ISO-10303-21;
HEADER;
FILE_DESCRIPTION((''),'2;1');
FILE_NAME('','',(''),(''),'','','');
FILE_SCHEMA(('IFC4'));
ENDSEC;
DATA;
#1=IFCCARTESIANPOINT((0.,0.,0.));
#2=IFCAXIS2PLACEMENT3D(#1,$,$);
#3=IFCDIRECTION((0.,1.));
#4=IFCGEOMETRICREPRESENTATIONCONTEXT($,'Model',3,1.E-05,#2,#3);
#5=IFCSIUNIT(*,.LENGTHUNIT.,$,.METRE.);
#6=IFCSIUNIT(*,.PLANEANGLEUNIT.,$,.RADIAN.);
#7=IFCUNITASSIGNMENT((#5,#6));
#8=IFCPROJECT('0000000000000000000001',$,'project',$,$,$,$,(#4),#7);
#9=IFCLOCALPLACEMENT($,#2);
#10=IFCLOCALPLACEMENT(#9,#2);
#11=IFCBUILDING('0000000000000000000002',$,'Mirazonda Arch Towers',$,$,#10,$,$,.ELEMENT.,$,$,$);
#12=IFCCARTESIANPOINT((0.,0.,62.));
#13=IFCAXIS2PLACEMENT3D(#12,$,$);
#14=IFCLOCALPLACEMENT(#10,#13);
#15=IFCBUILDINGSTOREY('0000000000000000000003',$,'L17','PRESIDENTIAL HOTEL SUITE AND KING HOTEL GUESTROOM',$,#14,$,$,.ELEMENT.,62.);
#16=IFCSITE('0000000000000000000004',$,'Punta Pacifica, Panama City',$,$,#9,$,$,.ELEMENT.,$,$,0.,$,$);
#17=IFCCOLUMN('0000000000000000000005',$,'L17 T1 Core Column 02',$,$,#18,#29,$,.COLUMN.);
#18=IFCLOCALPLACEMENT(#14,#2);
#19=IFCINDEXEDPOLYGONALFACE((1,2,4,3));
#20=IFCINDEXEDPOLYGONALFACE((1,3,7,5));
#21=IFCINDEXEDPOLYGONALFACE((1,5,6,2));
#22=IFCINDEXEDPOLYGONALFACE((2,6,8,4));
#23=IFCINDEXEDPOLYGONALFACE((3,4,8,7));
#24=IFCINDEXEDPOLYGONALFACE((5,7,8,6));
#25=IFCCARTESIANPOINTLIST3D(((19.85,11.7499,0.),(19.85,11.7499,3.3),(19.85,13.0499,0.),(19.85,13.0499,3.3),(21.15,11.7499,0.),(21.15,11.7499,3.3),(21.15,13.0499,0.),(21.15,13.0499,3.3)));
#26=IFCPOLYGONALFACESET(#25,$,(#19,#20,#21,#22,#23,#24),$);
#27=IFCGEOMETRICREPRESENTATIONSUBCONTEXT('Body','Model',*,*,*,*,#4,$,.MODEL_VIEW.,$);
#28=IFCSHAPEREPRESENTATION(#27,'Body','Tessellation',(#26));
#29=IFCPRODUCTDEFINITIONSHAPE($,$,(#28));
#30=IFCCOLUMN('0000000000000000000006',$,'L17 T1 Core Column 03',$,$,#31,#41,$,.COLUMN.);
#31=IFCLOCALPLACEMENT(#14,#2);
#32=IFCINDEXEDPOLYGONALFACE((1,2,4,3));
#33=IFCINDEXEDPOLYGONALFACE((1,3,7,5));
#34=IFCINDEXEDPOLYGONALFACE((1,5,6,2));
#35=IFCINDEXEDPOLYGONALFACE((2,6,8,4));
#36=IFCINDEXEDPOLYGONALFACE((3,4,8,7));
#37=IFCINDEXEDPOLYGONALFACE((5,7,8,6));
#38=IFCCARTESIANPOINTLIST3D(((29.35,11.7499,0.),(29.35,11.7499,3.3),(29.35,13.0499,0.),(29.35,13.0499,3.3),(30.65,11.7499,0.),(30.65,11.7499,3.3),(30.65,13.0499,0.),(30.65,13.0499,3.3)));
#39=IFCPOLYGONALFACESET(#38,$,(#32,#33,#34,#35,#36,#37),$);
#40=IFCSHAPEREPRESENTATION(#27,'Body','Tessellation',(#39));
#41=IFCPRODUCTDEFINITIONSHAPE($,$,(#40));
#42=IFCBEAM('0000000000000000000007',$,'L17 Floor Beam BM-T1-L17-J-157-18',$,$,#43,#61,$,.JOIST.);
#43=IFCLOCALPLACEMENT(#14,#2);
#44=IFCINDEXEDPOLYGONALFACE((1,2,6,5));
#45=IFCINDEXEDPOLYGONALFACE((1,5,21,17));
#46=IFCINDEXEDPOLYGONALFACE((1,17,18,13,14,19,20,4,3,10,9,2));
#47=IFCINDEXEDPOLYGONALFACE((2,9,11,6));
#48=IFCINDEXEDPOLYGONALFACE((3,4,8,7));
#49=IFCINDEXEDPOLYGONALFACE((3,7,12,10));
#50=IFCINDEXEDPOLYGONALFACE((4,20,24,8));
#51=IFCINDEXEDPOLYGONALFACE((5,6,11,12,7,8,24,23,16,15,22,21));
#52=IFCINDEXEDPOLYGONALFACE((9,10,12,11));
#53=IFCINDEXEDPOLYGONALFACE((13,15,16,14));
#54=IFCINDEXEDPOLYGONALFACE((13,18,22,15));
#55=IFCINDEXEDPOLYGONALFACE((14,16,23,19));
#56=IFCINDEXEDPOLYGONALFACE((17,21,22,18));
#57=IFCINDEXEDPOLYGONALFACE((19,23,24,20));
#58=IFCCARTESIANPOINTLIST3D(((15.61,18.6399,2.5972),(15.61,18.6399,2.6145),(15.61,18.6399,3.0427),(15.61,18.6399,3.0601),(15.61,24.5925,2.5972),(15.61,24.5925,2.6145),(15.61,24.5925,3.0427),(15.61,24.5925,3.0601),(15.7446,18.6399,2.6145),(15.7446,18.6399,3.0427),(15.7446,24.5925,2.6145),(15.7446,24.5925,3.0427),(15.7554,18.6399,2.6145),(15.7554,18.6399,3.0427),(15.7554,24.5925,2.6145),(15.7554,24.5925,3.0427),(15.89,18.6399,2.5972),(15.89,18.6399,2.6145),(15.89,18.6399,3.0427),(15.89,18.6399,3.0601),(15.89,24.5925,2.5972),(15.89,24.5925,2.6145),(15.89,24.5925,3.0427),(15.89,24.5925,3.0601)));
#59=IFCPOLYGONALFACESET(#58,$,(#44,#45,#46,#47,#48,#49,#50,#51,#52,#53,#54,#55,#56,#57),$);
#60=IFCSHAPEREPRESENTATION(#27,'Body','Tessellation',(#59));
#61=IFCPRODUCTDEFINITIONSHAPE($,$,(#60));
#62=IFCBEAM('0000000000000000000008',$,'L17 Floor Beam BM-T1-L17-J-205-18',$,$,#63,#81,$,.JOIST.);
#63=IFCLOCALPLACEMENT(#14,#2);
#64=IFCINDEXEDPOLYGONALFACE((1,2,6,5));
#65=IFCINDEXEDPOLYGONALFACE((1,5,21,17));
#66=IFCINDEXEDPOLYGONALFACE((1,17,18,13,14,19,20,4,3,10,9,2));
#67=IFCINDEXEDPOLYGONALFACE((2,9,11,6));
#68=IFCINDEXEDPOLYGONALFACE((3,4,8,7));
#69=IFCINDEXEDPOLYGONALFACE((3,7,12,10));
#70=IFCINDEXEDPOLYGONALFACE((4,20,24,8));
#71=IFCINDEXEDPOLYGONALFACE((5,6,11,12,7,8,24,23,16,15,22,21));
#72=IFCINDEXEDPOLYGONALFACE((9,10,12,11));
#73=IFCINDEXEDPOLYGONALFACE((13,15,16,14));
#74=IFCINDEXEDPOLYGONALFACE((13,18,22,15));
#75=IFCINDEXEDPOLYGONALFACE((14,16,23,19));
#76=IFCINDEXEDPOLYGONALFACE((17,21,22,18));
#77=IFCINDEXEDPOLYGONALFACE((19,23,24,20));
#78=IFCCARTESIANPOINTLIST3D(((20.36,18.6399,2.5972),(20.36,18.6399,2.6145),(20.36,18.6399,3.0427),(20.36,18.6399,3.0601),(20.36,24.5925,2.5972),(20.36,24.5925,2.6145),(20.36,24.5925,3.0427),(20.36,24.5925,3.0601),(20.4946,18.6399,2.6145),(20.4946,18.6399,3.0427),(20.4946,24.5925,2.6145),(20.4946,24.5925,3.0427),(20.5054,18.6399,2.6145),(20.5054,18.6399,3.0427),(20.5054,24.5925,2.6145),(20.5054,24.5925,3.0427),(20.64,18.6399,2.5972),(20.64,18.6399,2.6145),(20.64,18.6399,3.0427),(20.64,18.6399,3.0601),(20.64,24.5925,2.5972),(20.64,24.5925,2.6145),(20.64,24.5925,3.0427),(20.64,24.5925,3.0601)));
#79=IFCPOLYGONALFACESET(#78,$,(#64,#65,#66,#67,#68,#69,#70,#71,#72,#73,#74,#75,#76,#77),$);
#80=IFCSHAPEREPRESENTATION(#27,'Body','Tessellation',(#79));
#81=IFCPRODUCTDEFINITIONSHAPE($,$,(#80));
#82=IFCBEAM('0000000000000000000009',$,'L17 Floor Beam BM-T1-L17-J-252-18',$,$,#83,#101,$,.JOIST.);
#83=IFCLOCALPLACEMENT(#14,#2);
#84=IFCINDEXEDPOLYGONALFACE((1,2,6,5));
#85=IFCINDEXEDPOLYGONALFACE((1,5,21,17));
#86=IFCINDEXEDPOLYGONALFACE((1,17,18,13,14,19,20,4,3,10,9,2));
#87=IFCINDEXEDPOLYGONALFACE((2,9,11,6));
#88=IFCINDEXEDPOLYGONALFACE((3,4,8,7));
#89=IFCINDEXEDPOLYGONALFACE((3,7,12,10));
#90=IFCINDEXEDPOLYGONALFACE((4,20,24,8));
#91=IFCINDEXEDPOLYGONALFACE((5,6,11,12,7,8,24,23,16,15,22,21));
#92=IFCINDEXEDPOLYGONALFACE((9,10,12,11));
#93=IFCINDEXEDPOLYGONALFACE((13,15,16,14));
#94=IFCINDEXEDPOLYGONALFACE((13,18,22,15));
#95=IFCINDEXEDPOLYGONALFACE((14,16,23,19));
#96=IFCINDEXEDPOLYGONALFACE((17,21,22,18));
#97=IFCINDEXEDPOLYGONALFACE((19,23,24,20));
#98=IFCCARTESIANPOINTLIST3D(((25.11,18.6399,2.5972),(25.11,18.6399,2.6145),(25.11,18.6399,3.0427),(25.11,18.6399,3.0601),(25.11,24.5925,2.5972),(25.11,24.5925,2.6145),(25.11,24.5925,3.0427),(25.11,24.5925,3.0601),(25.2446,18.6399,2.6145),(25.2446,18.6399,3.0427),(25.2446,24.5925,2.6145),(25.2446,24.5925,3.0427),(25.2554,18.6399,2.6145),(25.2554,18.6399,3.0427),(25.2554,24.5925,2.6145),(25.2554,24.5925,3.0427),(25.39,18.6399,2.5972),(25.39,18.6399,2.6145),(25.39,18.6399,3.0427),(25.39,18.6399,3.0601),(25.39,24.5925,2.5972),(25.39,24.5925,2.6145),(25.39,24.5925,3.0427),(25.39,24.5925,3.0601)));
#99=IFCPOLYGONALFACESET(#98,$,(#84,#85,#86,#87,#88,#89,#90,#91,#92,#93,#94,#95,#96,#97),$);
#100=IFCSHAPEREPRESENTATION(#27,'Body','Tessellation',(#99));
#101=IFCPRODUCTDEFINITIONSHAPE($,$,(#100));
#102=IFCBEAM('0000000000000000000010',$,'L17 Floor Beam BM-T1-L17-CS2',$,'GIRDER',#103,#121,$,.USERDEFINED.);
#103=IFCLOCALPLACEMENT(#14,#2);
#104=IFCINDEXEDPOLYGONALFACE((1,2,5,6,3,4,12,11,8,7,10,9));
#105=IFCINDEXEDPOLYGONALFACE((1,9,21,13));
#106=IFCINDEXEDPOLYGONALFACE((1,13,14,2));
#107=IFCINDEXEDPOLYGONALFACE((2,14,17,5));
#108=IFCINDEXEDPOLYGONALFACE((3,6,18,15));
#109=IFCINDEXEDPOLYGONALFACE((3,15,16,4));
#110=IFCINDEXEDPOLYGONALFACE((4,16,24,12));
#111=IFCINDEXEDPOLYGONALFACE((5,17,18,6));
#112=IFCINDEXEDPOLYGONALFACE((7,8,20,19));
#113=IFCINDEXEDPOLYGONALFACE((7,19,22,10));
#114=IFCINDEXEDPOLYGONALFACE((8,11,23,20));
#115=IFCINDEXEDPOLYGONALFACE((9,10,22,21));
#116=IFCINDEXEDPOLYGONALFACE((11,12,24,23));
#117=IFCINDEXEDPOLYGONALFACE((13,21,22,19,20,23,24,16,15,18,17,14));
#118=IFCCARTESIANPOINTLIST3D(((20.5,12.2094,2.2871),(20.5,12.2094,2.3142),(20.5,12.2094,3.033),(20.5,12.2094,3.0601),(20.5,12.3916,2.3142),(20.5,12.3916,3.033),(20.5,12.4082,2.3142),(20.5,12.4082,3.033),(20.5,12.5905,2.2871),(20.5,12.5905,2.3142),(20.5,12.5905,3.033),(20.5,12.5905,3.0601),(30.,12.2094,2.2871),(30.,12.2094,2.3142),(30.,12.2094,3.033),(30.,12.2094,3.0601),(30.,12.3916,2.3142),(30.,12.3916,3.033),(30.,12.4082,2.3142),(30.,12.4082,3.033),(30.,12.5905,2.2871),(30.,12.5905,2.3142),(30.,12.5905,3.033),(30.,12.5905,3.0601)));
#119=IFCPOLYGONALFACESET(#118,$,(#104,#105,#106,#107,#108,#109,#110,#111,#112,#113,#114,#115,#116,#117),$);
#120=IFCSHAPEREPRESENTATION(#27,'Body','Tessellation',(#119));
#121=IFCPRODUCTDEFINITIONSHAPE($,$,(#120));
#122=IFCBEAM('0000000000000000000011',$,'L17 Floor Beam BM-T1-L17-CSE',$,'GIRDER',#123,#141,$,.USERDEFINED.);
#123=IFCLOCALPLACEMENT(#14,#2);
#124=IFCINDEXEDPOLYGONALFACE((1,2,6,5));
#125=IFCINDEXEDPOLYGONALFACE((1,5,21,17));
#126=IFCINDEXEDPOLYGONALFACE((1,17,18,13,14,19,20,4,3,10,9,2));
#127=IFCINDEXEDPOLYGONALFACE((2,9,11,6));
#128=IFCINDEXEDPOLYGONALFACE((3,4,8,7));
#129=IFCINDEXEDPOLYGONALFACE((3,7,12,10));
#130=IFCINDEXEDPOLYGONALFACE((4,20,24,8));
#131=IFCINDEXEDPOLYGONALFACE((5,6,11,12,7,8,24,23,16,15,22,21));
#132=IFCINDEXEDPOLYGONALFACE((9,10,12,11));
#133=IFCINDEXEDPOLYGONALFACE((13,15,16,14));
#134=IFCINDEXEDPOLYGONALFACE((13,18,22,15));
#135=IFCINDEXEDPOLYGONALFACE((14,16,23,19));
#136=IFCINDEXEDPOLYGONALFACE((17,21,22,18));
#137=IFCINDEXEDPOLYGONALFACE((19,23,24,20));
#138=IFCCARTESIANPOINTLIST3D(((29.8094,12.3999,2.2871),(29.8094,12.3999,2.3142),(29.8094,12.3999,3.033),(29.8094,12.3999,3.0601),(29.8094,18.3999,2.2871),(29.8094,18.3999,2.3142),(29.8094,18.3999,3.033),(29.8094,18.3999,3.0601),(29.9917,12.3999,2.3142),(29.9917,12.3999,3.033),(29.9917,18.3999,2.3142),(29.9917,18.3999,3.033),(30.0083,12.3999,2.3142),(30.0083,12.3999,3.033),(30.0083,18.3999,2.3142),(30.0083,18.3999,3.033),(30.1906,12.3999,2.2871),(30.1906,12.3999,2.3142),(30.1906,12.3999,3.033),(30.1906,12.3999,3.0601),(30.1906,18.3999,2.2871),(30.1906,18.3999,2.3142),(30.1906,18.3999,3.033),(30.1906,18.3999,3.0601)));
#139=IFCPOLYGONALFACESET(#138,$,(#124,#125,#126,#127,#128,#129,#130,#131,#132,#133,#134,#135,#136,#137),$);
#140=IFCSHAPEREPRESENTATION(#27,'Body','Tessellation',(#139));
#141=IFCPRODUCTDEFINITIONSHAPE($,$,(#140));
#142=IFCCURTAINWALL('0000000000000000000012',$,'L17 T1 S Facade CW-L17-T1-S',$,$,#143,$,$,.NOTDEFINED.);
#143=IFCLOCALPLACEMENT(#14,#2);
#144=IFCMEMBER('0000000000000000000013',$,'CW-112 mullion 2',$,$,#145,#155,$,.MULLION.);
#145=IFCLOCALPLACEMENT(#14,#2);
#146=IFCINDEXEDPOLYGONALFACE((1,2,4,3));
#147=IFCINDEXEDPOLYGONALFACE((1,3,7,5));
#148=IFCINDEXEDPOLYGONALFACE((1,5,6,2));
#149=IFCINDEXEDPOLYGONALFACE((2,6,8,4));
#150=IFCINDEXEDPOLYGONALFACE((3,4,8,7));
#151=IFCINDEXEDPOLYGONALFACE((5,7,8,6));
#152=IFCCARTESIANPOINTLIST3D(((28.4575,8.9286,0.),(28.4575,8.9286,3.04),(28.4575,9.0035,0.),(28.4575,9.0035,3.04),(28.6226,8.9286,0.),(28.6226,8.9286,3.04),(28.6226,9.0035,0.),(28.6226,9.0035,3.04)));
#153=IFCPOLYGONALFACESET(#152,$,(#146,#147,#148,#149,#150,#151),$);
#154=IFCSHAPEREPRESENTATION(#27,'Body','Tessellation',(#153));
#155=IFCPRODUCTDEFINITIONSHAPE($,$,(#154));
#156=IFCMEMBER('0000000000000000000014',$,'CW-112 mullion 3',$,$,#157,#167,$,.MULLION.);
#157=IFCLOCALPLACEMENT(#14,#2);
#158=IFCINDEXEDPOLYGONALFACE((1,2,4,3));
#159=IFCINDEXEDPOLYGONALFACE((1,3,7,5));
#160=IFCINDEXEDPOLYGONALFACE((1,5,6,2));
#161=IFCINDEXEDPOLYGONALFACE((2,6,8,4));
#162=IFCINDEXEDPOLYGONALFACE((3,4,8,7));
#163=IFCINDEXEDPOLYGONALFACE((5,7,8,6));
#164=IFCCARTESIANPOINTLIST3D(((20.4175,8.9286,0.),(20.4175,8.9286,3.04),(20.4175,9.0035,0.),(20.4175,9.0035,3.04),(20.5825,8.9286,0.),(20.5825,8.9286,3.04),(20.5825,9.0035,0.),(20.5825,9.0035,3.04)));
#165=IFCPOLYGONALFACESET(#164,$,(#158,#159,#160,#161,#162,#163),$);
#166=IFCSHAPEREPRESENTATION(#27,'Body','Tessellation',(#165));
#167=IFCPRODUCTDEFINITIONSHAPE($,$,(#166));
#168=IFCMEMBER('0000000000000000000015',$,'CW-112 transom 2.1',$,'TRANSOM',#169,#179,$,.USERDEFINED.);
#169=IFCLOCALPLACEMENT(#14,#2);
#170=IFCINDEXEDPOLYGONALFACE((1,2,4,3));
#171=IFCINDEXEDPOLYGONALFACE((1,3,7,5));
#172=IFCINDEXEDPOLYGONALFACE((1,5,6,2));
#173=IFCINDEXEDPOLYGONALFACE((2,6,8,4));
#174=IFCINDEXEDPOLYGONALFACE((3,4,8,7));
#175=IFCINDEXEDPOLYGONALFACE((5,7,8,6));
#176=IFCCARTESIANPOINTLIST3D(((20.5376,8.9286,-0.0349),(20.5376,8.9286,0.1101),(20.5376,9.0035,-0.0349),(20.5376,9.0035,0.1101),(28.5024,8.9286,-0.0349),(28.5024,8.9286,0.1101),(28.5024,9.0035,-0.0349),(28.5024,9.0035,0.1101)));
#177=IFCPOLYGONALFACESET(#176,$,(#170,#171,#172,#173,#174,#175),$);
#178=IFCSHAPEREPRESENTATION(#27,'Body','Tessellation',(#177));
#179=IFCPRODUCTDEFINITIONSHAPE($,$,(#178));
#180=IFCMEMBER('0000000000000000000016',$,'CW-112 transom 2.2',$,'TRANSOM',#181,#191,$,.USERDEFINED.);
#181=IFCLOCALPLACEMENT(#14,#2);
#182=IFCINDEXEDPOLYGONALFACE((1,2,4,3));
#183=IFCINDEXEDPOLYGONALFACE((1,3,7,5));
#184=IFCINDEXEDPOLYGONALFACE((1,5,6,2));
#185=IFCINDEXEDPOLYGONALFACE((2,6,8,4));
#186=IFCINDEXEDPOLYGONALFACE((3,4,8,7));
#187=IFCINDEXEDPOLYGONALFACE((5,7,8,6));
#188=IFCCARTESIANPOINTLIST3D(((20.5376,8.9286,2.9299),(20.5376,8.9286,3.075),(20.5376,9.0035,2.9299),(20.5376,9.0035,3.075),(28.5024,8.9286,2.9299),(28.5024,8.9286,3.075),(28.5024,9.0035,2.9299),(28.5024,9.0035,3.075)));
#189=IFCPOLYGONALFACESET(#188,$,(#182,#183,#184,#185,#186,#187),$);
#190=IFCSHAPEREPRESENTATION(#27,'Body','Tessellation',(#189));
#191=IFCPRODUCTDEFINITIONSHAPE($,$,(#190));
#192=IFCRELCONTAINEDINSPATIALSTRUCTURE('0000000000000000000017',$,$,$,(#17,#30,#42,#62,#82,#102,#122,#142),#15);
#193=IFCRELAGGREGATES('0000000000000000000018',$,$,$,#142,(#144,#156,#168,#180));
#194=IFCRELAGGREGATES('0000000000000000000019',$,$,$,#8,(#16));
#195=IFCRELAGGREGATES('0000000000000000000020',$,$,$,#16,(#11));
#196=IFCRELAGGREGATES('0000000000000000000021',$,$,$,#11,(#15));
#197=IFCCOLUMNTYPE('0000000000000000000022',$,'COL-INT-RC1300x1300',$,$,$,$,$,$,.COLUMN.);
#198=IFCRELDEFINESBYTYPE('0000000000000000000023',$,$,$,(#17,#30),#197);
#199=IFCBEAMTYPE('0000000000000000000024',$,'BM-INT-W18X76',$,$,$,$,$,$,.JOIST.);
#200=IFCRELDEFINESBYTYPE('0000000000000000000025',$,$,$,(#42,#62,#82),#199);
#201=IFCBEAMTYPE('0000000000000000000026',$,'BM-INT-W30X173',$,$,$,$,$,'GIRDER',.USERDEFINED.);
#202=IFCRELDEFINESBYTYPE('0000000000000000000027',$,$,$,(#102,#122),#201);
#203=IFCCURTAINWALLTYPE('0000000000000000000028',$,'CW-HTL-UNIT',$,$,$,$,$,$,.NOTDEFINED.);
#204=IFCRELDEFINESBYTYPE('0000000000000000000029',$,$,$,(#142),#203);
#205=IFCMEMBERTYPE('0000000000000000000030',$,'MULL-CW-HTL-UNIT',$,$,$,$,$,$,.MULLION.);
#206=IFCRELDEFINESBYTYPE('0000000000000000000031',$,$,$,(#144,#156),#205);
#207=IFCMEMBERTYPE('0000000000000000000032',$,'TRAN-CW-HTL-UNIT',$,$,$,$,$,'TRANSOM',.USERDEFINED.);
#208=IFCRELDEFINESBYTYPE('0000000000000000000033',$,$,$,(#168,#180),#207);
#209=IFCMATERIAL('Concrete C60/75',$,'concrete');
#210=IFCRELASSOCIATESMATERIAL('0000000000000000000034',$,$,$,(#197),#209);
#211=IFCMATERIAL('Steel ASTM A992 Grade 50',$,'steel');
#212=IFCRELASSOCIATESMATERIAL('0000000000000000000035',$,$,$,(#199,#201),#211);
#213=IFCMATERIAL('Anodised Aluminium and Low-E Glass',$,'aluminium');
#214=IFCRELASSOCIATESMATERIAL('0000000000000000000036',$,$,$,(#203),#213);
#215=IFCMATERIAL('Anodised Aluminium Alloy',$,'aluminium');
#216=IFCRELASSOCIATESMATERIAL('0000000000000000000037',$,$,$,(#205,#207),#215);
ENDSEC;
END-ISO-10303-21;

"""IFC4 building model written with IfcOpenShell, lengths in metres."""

from ifc_helpers import new_model, si_unit, direction, frame, origin, origin_2d, place, context, subcontext, project, spatial, rectangle, i_section, extrude, material, material_profile, profile_set, type_object, element, aggregate, save


model = new_model("IFC4")

# Units and contexts
model_context = context("Model", 3, precision=1e-05, world=origin(), true_north=direction((0.0, 1.0)))
body_context = subcontext(model_context, "Body", "Model", "MODEL_VIEW")
ifc_project = project(units=[si_unit("LENGTHUNIT", "METRE"), si_unit("PLANEANGLEUNIT", "RADIAN")], contexts=[model_context])

# Site, building, storey
site_placement = place(None, origin())
site = spatial("IfcSite", under=ifc_project, at=site_placement, Name="Punta Pacifica, Panama City", CompositionType="ELEMENT", RefElevation=0.0)
building_placement = place(site_placement, origin())
building = spatial("IfcBuilding", under=site, at=building_placement, Name="Mirazonda Arch Towers", CompositionType="ELEMENT")
storey_placement = place(building_placement, frame((0.0, 0.0, 62.0)))
storey = spatial("IfcBuildingStorey", under=building, at=storey_placement, Name="L17", Description="PRESIDENTIAL HOTEL SUITE AND KING HOTEL GUESTROOM", CompositionType="ELEMENT", Elevation=62.0)

# Columns
ifc_material_1 = material(Name="Concrete C60/75", Category="concrete")
ifc_material_profile_1 = material_profile(ifc_material_1, rectangle(XDim=1.3, YDim=1.3, at=origin_2d()), Name="RC1300x1300")
ifc_profile_set_1 = profile_set([ifc_material_profile_1], Name="Concrete C60/75")
column_type = type_object("IfcColumnType", Name="COL-INT-RC1300x1300", PredefinedType="COLUMN", material=ifc_profile_set_1)
for number, where, z_axis, x_axis, name in (
    (1, (20.5, 12.3999, 0.0), (0.0, 0.0, 1.0), (1.0, 0.0, 0.0), "L17 T1 Core Column 02"),
    (2, (30.0, 12.3999, 0.0), (0.0, 0.0, 1.0), (1.0, 0.0, 0.0), "L17 T1 Core Column 03"),
):
    element("IfcColumn", number, at=place(storey_placement, frame(where, z_axis=z_axis, x_axis=x_axis)), inside=storey, type_object=column_type, Name=name, PredefinedType="COLUMN", context=body_context, shape_type="SweptSolid", body=[
        extrude(rectangle(XDim=1.3, YDim=1.3, at=origin_2d()), origin(), (0.0, 0.0, 1.0), 3.3),
    ])

# Beams
ifc_material_2 = material(Name="Steel ASTM A992 Grade 50", Category="steel")
ifc_material_profile_2 = material_profile(ifc_material_2, i_section(OverallWidth=0.28, OverallDepth=0.4629, WebThickness=0.0107, FlangeThickness=0.0173, at=origin_2d()), Name="W18X76")
ifc_profile_set_2 = profile_set([ifc_material_profile_2], Name="Steel ASTM A992 Grade 50")
beam_type_1 = type_object("IfcBeamType", Name="BM-INT-W18X76", PredefinedType="JOIST", material=ifc_profile_set_2)
for number, where, z_axis, x_axis, name in (
    (3, (15.75, 18.6399, 2.8286), (0.0, 1.0, 0.0), (-1.0, 0.0, 0.0), "L17 Floor Beam BM-T1-L17-J-157-18"),
    (4, (20.5, 18.6399, 2.8286), (0.0, 1.0, 0.0), (-1.0, 0.0, 0.0), "L17 Floor Beam BM-T1-L17-J-205-18"),
    (5, (25.25, 18.6399, 2.8286), (0.0, 1.0, 0.0), (-1.0, 0.0, 0.0), "L17 Floor Beam BM-T1-L17-J-252-18"),
):
    element("IfcBeam", number, at=place(storey_placement, frame(where, z_axis=z_axis, x_axis=x_axis)), inside=storey, type_object=beam_type_1, Name=name, PredefinedType="JOIST", context=body_context, shape_type="SweptSolid", body=[
        extrude(i_section(OverallWidth=0.28, OverallDepth=0.4629, WebThickness=0.0107, FlangeThickness=0.0173, at=origin_2d()), origin(), (0.0, 0.0, 1.0), 5.9526),
    ])
ifc_material_profile_3 = material_profile(ifc_material_2, i_section(OverallWidth=0.3811, OverallDepth=0.7729, WebThickness=0.0166, FlangeThickness=0.0271, at=origin_2d()), Name="W30X173")
ifc_profile_set_3 = profile_set([ifc_material_profile_3], Name="Steel ASTM A992 Grade 50")
beam_type_2 = type_object("IfcBeamType", Name="BM-INT-W30X173", ElementType="GIRDER", PredefinedType="USERDEFINED", material=ifc_profile_set_3)
beam_1_placement = place(storey_placement, frame((20.5, 12.3999, 2.6736), z_axis=(1.0, 0.0, 0.0), x_axis=(0.0, 1.0, 0.0)))
element("IfcBeam", 6, at=beam_1_placement, inside=storey, type_object=beam_type_2, Name="L17 Floor Beam BM-T1-L17-CS2", ObjectType="GIRDER", PredefinedType="USERDEFINED", context=body_context, shape_type="SweptSolid", body=[
    extrude(i_section(OverallWidth=0.3811, OverallDepth=0.7729, WebThickness=0.0166, FlangeThickness=0.0271, at=origin_2d()), origin(), (0.0, 0.0, 1.0), 9.5),
])
beam_2_placement = place(storey_placement, frame((30.0, 12.3999, 2.6736), z_axis=(0.0, 1.0, 0.0), x_axis=(-1.0, 0.0, 0.0)))
element("IfcBeam", 7, at=beam_2_placement, inside=storey, type_object=beam_type_2, Name="L17 Floor Beam BM-T1-L17-CSE", ObjectType="GIRDER", PredefinedType="USERDEFINED", context=body_context, shape_type="SweptSolid", body=[
    extrude(i_section(OverallWidth=0.3811, OverallDepth=0.7729, WebThickness=0.0166, FlangeThickness=0.0271, at=origin_2d()), origin(), (0.0, 0.0, 1.0), 6.0),
])

# Curtain wall, members
ifc_material_3 = material(Name="Anodised Aluminium and Low-E Glass", Category="aluminium")
curtain_wall_type = type_object("IfcCurtainWallType", Name="CW-HTL-UNIT", PredefinedType="NOTDEFINED", material=ifc_material_3)
curtain_wall_placement = place(storey_placement, origin())
curtain_wall = element("IfcCurtainWall", 8, at=curtain_wall_placement, inside=storey, type_object=curtain_wall_type, Name="L17 T1 S Facade CW-L17-T1-S", PredefinedType="NOTDEFINED")
ifc_material_4 = material(Name="Anodised Aluminium Alloy", Category="aluminium")
ifc_material_profile_4 = material_profile(ifc_material_4, rectangle(XDim=0.075, YDim=0.165, at=origin_2d()), Name="ALU-MULL-75x165")
ifc_profile_set_4 = profile_set([ifc_material_profile_4], Name="Anodised Aluminium Alloy")
member_type_1 = type_object("IfcMemberType", Name="MULL-CW-HTL-UNIT", PredefinedType="MULLION", material=ifc_profile_set_4)
member_1_placement = place(storey_placement, frame((28.54, 8.9661, 0.0), z_axis=(0.0, 0.0, 1.0), x_axis=(0.0, -1.0, 0.0)))
member_1 = element("IfcMember", 9, at=member_1_placement, type_object=member_type_1, Name="CW-112 mullion 2", PredefinedType="MULLION", context=body_context, shape_type="SweptSolid", body=[
    extrude(rectangle(XDim=0.075, YDim=0.165, at=origin_2d()), origin(), (0.0, 0.0, 1.0), 3.04),
])
member_2_placement = place(storey_placement, frame((20.5, 8.9661, 0.0), z_axis=(0.0, 0.0, 1.0), x_axis=(0.0, -1.0, 0.0)))
member_2 = element("IfcMember", 10, at=member_2_placement, type_object=member_type_1, Name="CW-112 mullion 3", PredefinedType="MULLION", context=body_context, shape_type="SweptSolid", body=[
    extrude(rectangle(XDim=0.075, YDim=0.165, at=origin_2d()), origin(), (0.0, 0.0, 1.0), 3.04),
])
ifc_material_profile_5 = material_profile(ifc_material_4, rectangle(XDim=0.075, YDim=0.145, at=origin_2d()), Name="ALU-TRAN-75x145")
ifc_profile_set_5 = profile_set([ifc_material_profile_5], Name="Anodised Aluminium Alloy")
member_type_2 = type_object("IfcMemberType", Name="TRAN-CW-HTL-UNIT", ElementType="TRANSOM", PredefinedType="USERDEFINED", material=ifc_profile_set_5)
member_3_placement = place(storey_placement, frame((28.5024, 8.9661, 0.0376), z_axis=(-1.0, 0.0, 0.0), x_axis=(0.0, -1.0, 0.0)))
member_3 = element("IfcMember", 11, at=member_3_placement, type_object=member_type_2, Name="CW-112 transom 2.1", ObjectType="TRANSOM", PredefinedType="USERDEFINED", context=body_context, shape_type="SweptSolid", body=[
    extrude(rectangle(XDim=0.075, YDim=0.145, at=origin_2d()), origin(), (0.0, 0.0, 1.0), 7.9648),
])
member_4_placement = place(storey_placement, frame((28.5024, 8.9661, 3.0024), z_axis=(-1.0, 0.0, 0.0), x_axis=(0.0, -1.0, 0.0)))
member_4 = element("IfcMember", 12, at=member_4_placement, type_object=member_type_2, Name="CW-112 transom 2.2", ObjectType="TRANSOM", PredefinedType="USERDEFINED", context=body_context, shape_type="SweptSolid", body=[
    extrude(rectangle(XDim=0.075, YDim=0.145, at=origin_2d()), origin(), (0.0, 0.0, 1.0), 7.9648),
])
aggregate(curtain_wall, [member_1, member_2, member_3, member_4])

save(model, "model.ifc")
